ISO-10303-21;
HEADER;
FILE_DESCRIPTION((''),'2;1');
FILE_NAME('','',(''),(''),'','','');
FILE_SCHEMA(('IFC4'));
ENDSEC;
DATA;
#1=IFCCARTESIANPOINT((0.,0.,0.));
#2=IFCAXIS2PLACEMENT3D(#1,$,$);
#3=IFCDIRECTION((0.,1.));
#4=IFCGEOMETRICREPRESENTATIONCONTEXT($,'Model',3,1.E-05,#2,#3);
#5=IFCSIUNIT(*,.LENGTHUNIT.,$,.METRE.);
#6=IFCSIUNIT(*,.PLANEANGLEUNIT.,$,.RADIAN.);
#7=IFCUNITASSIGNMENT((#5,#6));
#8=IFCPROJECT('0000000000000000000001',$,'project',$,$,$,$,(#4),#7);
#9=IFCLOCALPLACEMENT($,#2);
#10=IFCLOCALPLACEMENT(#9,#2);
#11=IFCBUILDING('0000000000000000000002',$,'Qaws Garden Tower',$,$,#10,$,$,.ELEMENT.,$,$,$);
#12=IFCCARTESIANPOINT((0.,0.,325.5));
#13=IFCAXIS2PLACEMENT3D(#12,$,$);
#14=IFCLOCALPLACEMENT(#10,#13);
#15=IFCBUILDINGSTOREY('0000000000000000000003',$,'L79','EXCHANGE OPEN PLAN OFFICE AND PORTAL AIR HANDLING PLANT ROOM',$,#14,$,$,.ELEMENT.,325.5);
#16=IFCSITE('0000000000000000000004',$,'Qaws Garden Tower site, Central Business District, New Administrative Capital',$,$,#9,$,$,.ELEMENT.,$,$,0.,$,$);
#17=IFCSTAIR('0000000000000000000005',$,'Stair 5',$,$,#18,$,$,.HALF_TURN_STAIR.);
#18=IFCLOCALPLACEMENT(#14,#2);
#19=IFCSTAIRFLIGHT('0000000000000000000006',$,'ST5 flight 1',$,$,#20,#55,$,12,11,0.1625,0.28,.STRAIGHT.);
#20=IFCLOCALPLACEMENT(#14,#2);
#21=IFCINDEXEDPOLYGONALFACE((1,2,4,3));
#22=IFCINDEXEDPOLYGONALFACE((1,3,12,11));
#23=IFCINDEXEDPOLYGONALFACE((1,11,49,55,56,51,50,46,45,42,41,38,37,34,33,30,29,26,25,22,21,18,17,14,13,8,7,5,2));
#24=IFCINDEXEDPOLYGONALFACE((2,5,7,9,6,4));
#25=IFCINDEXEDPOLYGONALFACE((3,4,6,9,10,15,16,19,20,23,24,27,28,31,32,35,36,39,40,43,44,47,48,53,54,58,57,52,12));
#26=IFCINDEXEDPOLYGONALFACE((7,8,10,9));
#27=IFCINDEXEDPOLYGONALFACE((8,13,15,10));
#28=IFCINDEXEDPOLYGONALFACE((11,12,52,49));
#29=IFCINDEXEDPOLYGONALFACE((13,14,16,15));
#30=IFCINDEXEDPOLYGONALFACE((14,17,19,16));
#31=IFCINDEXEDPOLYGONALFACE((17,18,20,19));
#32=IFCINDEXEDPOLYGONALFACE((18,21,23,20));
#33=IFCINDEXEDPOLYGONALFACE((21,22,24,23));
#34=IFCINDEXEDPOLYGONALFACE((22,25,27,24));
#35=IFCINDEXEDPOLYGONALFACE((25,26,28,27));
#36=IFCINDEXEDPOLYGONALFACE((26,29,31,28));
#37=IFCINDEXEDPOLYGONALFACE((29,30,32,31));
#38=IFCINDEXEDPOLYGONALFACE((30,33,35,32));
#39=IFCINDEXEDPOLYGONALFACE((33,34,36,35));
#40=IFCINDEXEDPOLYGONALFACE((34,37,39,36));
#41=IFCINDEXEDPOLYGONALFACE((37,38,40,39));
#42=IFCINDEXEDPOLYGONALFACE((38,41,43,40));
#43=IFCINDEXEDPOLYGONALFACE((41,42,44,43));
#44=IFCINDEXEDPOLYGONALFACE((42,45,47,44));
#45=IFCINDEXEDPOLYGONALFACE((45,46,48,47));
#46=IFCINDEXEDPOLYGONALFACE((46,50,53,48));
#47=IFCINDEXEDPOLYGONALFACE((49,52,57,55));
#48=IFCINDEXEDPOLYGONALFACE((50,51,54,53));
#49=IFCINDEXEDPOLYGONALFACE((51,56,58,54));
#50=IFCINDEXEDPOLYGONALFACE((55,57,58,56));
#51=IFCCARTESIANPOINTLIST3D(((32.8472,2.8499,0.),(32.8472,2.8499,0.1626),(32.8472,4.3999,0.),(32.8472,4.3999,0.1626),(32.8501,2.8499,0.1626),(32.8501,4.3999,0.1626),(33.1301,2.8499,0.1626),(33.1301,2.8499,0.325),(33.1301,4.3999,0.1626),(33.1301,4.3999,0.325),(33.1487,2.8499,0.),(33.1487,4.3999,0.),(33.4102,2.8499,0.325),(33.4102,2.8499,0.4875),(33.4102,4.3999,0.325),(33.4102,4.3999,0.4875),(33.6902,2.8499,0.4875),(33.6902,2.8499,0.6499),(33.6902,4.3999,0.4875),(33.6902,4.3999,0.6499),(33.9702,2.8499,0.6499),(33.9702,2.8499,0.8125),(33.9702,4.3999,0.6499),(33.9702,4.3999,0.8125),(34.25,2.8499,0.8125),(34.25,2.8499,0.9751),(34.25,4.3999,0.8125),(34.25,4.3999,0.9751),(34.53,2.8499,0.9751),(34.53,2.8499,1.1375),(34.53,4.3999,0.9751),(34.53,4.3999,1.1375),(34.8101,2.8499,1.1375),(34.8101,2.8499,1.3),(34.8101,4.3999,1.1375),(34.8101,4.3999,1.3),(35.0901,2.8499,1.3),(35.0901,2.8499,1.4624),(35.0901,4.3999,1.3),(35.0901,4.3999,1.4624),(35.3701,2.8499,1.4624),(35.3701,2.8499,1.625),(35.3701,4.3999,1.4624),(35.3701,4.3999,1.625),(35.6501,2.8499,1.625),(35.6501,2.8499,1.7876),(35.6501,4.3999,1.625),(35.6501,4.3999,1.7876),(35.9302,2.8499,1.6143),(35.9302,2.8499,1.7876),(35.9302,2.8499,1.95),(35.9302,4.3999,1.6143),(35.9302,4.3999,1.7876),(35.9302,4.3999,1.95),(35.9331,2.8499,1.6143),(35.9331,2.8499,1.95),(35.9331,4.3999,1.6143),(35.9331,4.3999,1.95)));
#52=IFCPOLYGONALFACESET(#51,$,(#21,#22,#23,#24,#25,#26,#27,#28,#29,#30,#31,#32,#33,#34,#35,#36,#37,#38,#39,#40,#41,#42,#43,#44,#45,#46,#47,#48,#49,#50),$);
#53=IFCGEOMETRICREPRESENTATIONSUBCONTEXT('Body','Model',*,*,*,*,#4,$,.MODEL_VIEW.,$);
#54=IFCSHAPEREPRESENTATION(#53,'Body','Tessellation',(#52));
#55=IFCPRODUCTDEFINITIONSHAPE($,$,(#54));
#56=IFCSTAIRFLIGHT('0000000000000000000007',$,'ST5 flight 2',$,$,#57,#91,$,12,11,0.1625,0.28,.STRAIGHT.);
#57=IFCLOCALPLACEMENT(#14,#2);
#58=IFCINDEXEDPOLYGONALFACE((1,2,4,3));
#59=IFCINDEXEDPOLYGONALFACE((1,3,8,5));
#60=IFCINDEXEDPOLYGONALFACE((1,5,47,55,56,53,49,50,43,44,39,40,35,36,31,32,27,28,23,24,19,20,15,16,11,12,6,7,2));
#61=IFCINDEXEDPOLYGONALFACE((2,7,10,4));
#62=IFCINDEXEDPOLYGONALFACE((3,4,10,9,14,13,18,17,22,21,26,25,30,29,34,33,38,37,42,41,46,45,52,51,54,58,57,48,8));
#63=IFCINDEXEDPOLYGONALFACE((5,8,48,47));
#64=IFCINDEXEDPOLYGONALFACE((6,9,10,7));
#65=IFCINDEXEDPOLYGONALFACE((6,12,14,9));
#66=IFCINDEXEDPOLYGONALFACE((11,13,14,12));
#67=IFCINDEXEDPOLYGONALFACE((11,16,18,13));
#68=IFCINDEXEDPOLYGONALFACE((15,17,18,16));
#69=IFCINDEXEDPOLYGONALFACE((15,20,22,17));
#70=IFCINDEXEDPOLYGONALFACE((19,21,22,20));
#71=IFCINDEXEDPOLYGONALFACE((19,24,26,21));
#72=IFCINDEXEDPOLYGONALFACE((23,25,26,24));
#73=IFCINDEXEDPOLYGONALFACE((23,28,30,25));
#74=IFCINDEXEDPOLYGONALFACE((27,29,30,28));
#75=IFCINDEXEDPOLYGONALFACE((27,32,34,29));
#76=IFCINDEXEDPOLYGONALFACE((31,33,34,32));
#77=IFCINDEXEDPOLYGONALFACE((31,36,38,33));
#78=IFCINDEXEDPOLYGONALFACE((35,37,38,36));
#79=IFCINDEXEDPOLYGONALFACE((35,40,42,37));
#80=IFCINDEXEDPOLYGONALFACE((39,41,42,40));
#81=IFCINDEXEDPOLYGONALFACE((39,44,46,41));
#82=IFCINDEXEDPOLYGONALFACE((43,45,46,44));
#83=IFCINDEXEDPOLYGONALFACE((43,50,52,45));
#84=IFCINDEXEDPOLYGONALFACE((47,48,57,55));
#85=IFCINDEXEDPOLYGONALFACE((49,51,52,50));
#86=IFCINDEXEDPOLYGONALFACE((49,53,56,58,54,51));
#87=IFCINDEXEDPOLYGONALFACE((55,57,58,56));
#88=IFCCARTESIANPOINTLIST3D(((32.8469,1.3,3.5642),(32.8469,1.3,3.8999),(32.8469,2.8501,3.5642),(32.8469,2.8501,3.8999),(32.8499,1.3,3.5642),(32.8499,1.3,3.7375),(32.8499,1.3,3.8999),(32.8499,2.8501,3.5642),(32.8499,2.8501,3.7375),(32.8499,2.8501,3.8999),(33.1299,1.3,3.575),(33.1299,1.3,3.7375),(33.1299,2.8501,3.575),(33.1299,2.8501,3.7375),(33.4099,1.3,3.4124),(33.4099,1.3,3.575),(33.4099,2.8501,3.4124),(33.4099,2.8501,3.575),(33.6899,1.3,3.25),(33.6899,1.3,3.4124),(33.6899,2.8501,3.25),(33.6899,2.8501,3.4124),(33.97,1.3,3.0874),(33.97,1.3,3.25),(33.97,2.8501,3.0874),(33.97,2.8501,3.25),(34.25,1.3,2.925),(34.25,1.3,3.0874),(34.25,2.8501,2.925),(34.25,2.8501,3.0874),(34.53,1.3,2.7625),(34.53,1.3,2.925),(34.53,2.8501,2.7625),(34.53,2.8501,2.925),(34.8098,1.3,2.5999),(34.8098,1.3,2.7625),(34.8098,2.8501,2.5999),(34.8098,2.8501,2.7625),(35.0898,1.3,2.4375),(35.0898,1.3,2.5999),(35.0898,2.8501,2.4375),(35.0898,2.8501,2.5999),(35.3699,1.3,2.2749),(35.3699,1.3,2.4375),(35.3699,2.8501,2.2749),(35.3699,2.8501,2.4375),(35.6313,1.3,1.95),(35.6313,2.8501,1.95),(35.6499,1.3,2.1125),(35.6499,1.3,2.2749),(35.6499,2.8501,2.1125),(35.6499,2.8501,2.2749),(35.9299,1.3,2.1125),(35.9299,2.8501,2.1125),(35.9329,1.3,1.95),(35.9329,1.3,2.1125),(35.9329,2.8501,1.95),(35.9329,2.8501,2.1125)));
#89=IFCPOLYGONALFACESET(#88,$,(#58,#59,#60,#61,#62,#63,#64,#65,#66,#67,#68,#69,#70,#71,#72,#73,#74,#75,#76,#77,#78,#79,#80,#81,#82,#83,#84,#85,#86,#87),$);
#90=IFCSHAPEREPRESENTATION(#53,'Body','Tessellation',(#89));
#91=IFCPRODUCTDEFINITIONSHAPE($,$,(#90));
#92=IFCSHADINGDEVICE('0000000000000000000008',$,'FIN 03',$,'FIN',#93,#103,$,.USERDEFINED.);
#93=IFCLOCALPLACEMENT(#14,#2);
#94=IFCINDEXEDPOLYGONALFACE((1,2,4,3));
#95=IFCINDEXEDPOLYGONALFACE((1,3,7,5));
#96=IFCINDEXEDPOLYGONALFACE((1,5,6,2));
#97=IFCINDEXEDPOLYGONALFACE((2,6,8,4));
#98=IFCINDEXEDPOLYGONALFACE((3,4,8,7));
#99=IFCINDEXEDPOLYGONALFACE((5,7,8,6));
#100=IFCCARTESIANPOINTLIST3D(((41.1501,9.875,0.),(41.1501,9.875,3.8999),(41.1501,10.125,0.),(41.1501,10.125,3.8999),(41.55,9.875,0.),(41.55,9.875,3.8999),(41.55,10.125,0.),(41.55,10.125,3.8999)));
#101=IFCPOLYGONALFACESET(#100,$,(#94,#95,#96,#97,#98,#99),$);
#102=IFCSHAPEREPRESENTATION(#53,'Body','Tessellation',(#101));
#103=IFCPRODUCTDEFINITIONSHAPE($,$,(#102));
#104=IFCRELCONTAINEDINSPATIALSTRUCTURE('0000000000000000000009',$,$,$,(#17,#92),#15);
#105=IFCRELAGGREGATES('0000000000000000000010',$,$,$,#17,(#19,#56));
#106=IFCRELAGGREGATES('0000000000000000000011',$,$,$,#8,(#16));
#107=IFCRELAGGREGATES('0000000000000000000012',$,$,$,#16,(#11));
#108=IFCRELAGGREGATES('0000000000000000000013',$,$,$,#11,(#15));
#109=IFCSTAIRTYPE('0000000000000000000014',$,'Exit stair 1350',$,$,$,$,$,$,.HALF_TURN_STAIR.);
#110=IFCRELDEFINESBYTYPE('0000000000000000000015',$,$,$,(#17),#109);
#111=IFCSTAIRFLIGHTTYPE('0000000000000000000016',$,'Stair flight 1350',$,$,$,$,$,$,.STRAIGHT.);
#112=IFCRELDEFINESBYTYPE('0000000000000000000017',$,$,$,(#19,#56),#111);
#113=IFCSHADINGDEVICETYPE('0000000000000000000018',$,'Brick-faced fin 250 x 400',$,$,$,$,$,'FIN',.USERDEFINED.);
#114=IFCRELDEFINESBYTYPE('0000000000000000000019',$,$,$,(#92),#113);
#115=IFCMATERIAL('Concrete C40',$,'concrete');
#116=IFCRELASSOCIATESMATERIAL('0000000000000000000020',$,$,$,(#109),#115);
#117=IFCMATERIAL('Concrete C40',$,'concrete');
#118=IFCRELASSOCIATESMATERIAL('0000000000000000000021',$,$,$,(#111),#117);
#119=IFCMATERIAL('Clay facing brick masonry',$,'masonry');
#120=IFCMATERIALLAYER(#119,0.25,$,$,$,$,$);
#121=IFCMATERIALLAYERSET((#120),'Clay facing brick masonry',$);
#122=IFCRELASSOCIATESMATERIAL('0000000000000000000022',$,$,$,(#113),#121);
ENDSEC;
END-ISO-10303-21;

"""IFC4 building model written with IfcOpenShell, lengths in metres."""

from ifc_helpers import new_model, si_unit, direction, frame, origin, origin_2d, place, context, subcontext, project, spatial, polyline, rectangle, outline, extrude, material, layer, layer_set, type_object, element, aggregate, save


model = new_model("IFC4")

# Units and contexts
model_context = context("Model", 3, precision=1e-05, world=origin(), true_north=direction((0.0, 1.0)))
body_context = subcontext(model_context, "Body", "Model", "MODEL_VIEW")
ifc_project = project(units=[si_unit("LENGTHUNIT", "METRE"), si_unit("PLANEANGLEUNIT", "RADIAN")], contexts=[model_context])

# Site, building, storey
site_placement = place(None, origin())
site = spatial("IfcSite", under=ifc_project, at=site_placement, Name="Qaws Garden Tower site, Central Business District, New Administrative Capital", CompositionType="ELEMENT", RefElevation=0.0)
building_placement = place(site_placement, origin())
building = spatial("IfcBuilding", under=site, at=building_placement, Name="Qaws Garden Tower", CompositionType="ELEMENT")
storey_placement = place(building_placement, frame((0.0, 0.0, 325.5)))
storey = spatial("IfcBuildingStorey", under=building, at=storey_placement, Name="L79", Description="EXCHANGE OPEN PLAN OFFICE AND PORTAL AIR HANDLING PLANT ROOM", CompositionType="ELEMENT", Elevation=325.5)

# Stair, stair flights
ifc_material_1 = material(Name="Concrete C40", Category="concrete")
stair_type = type_object("IfcStairType", Name="Exit stair 1350", PredefinedType="HALF_TURN_STAIR", material=ifc_material_1)
stair_placement = place(storey_placement, origin())
stair = element("IfcStair", 1, at=stair_placement, inside=storey, type_object=stair_type, Name="Stair 5", PredefinedType="HALF_TURN_STAIR")
ifc_material_2 = material(Name="Concrete C40", Category="concrete")
stair_flight_type = type_object("IfcStairFlightType", Name="Stair flight 1350", PredefinedType="STRAIGHT", material=ifc_material_2)
stair_flight_1_placement = place(storey_placement, frame((32.8501, 3.625, 0.0), z_axis=(0.0, 0.0, 1.0), x_axis=(1.0, 0.0, 0.0)))
stair_flight_1 = element("IfcStairFlight", 2, at=stair_flight_1_placement, type_object=stair_flight_type, Name="ST5 flight 1", NumberOfRisers=12, NumberOfTreads=11, PredefinedType="STRAIGHT", RiserHeight=0.1625, TreadLength=0.28, context=body_context, shape_type="SweptSolid", body=[
    extrude(outline(polyline([(-0.0029, 0.0), (-0.0029, 0.1626), (0.0, 0.1626), (0.28, 0.1626), (0.28, 0.325), (0.5601, 0.325), (0.5601, 0.4875), (0.8401, 0.4875), (0.8401, 0.6499), (1.1201, 0.6499), (1.1201, 0.8125), (1.3999, 0.8125), (1.3999, 0.9751), (1.6799, 0.9751), (1.6799, 1.1375), (1.96, 1.1375), (1.96, 1.3), (2.24, 1.3), (2.24, 1.4624), (2.52, 1.4624), (2.52, 1.625), (2.8, 1.625), (2.8, 1.7876), (3.0801, 1.7876), (3.0801, 1.95), (3.083, 1.95), (3.083, 1.6143), (3.0801, 1.6143), (0.2986, 0.0), (-0.0029, 0.0)])), frame((0.0, 0.7749, 0.0), z_axis=(0.0, -1.0, 0.0), x_axis=(1.0, 0.0, 0.0)), (0.0, 0.0, 1.0), 1.55),
])
stair_flight_2_placement = place(storey_placement, frame((35.9299, 2.075, 1.95), z_axis=(0.0, 0.0, 1.0), x_axis=(-1.0, 0.0, 0.0)))
stair_flight_2 = element("IfcStairFlight", 3, at=stair_flight_2_placement, type_object=stair_flight_type, Name="ST5 flight 2", NumberOfRisers=12, NumberOfTreads=11, PredefinedType="STRAIGHT", RiserHeight=0.1625, TreadLength=0.28, context=body_context, shape_type="SweptSolid", body=[
    extrude(outline(polyline([(-0.0029, 0.0), (-0.0029, 0.1626), (0.0, 0.1626), (0.28, 0.1626), (0.28, 0.325), (0.5601, 0.325), (0.5601, 0.4875), (0.8401, 0.4875), (0.8401, 0.6499), (1.1201, 0.6499), (1.1201, 0.8125), (1.3999, 0.8125), (1.3999, 0.9751), (1.6799, 0.9751), (1.6799, 1.1375), (1.96, 1.1375), (1.96, 1.3), (2.24, 1.3), (2.24, 1.4624), (2.52, 1.4624), (2.52, 1.625), (2.8, 1.625), (2.8, 1.7876), (3.0801, 1.7876), (3.0801, 1.95), (3.083, 1.95), (3.083, 1.6143), (3.0801, 1.6143), (0.2986, 0.0), (-0.0029, 0.0)])), frame((0.0, 0.7749, 0.0), z_axis=(0.0, -1.0, 0.0), x_axis=(1.0, 0.0, 0.0)), (0.0, 0.0, 1.0), 1.55),
])
aggregate(stair, [stair_flight_1, stair_flight_2])

# Shading device
ifc_material_3 = material(Name="Clay facing brick masonry", Category="masonry")
ifc_layer_1 = layer(ifc_material_3, 0.25)
ifc_layer_set_1 = layer_set([ifc_layer_1], Name="Clay facing brick masonry")
shading_device_type = type_object("IfcShadingDeviceType", Name="Brick-faced fin 250 x 400", ElementType="FIN", PredefinedType="USERDEFINED", material=ifc_layer_set_1)
shading_device_placement = place(storey_placement, frame((41.3501, 10.0, 0.0), z_axis=(0.0, 0.0, 1.0), x_axis=(0.0, 1.0, 0.0)))
element("IfcShadingDevice", 4, at=shading_device_placement, inside=storey, type_object=shading_device_type, Name="FIN 03", ObjectType="FIN", PredefinedType="USERDEFINED", context=body_context, shape_type="SweptSolid", body=[
    extrude(rectangle(XDim=0.25, YDim=0.3999, at=origin_2d()), origin(), (0.0, 0.0, 1.0), 3.8999),
])

save(model, "model.ifc")
